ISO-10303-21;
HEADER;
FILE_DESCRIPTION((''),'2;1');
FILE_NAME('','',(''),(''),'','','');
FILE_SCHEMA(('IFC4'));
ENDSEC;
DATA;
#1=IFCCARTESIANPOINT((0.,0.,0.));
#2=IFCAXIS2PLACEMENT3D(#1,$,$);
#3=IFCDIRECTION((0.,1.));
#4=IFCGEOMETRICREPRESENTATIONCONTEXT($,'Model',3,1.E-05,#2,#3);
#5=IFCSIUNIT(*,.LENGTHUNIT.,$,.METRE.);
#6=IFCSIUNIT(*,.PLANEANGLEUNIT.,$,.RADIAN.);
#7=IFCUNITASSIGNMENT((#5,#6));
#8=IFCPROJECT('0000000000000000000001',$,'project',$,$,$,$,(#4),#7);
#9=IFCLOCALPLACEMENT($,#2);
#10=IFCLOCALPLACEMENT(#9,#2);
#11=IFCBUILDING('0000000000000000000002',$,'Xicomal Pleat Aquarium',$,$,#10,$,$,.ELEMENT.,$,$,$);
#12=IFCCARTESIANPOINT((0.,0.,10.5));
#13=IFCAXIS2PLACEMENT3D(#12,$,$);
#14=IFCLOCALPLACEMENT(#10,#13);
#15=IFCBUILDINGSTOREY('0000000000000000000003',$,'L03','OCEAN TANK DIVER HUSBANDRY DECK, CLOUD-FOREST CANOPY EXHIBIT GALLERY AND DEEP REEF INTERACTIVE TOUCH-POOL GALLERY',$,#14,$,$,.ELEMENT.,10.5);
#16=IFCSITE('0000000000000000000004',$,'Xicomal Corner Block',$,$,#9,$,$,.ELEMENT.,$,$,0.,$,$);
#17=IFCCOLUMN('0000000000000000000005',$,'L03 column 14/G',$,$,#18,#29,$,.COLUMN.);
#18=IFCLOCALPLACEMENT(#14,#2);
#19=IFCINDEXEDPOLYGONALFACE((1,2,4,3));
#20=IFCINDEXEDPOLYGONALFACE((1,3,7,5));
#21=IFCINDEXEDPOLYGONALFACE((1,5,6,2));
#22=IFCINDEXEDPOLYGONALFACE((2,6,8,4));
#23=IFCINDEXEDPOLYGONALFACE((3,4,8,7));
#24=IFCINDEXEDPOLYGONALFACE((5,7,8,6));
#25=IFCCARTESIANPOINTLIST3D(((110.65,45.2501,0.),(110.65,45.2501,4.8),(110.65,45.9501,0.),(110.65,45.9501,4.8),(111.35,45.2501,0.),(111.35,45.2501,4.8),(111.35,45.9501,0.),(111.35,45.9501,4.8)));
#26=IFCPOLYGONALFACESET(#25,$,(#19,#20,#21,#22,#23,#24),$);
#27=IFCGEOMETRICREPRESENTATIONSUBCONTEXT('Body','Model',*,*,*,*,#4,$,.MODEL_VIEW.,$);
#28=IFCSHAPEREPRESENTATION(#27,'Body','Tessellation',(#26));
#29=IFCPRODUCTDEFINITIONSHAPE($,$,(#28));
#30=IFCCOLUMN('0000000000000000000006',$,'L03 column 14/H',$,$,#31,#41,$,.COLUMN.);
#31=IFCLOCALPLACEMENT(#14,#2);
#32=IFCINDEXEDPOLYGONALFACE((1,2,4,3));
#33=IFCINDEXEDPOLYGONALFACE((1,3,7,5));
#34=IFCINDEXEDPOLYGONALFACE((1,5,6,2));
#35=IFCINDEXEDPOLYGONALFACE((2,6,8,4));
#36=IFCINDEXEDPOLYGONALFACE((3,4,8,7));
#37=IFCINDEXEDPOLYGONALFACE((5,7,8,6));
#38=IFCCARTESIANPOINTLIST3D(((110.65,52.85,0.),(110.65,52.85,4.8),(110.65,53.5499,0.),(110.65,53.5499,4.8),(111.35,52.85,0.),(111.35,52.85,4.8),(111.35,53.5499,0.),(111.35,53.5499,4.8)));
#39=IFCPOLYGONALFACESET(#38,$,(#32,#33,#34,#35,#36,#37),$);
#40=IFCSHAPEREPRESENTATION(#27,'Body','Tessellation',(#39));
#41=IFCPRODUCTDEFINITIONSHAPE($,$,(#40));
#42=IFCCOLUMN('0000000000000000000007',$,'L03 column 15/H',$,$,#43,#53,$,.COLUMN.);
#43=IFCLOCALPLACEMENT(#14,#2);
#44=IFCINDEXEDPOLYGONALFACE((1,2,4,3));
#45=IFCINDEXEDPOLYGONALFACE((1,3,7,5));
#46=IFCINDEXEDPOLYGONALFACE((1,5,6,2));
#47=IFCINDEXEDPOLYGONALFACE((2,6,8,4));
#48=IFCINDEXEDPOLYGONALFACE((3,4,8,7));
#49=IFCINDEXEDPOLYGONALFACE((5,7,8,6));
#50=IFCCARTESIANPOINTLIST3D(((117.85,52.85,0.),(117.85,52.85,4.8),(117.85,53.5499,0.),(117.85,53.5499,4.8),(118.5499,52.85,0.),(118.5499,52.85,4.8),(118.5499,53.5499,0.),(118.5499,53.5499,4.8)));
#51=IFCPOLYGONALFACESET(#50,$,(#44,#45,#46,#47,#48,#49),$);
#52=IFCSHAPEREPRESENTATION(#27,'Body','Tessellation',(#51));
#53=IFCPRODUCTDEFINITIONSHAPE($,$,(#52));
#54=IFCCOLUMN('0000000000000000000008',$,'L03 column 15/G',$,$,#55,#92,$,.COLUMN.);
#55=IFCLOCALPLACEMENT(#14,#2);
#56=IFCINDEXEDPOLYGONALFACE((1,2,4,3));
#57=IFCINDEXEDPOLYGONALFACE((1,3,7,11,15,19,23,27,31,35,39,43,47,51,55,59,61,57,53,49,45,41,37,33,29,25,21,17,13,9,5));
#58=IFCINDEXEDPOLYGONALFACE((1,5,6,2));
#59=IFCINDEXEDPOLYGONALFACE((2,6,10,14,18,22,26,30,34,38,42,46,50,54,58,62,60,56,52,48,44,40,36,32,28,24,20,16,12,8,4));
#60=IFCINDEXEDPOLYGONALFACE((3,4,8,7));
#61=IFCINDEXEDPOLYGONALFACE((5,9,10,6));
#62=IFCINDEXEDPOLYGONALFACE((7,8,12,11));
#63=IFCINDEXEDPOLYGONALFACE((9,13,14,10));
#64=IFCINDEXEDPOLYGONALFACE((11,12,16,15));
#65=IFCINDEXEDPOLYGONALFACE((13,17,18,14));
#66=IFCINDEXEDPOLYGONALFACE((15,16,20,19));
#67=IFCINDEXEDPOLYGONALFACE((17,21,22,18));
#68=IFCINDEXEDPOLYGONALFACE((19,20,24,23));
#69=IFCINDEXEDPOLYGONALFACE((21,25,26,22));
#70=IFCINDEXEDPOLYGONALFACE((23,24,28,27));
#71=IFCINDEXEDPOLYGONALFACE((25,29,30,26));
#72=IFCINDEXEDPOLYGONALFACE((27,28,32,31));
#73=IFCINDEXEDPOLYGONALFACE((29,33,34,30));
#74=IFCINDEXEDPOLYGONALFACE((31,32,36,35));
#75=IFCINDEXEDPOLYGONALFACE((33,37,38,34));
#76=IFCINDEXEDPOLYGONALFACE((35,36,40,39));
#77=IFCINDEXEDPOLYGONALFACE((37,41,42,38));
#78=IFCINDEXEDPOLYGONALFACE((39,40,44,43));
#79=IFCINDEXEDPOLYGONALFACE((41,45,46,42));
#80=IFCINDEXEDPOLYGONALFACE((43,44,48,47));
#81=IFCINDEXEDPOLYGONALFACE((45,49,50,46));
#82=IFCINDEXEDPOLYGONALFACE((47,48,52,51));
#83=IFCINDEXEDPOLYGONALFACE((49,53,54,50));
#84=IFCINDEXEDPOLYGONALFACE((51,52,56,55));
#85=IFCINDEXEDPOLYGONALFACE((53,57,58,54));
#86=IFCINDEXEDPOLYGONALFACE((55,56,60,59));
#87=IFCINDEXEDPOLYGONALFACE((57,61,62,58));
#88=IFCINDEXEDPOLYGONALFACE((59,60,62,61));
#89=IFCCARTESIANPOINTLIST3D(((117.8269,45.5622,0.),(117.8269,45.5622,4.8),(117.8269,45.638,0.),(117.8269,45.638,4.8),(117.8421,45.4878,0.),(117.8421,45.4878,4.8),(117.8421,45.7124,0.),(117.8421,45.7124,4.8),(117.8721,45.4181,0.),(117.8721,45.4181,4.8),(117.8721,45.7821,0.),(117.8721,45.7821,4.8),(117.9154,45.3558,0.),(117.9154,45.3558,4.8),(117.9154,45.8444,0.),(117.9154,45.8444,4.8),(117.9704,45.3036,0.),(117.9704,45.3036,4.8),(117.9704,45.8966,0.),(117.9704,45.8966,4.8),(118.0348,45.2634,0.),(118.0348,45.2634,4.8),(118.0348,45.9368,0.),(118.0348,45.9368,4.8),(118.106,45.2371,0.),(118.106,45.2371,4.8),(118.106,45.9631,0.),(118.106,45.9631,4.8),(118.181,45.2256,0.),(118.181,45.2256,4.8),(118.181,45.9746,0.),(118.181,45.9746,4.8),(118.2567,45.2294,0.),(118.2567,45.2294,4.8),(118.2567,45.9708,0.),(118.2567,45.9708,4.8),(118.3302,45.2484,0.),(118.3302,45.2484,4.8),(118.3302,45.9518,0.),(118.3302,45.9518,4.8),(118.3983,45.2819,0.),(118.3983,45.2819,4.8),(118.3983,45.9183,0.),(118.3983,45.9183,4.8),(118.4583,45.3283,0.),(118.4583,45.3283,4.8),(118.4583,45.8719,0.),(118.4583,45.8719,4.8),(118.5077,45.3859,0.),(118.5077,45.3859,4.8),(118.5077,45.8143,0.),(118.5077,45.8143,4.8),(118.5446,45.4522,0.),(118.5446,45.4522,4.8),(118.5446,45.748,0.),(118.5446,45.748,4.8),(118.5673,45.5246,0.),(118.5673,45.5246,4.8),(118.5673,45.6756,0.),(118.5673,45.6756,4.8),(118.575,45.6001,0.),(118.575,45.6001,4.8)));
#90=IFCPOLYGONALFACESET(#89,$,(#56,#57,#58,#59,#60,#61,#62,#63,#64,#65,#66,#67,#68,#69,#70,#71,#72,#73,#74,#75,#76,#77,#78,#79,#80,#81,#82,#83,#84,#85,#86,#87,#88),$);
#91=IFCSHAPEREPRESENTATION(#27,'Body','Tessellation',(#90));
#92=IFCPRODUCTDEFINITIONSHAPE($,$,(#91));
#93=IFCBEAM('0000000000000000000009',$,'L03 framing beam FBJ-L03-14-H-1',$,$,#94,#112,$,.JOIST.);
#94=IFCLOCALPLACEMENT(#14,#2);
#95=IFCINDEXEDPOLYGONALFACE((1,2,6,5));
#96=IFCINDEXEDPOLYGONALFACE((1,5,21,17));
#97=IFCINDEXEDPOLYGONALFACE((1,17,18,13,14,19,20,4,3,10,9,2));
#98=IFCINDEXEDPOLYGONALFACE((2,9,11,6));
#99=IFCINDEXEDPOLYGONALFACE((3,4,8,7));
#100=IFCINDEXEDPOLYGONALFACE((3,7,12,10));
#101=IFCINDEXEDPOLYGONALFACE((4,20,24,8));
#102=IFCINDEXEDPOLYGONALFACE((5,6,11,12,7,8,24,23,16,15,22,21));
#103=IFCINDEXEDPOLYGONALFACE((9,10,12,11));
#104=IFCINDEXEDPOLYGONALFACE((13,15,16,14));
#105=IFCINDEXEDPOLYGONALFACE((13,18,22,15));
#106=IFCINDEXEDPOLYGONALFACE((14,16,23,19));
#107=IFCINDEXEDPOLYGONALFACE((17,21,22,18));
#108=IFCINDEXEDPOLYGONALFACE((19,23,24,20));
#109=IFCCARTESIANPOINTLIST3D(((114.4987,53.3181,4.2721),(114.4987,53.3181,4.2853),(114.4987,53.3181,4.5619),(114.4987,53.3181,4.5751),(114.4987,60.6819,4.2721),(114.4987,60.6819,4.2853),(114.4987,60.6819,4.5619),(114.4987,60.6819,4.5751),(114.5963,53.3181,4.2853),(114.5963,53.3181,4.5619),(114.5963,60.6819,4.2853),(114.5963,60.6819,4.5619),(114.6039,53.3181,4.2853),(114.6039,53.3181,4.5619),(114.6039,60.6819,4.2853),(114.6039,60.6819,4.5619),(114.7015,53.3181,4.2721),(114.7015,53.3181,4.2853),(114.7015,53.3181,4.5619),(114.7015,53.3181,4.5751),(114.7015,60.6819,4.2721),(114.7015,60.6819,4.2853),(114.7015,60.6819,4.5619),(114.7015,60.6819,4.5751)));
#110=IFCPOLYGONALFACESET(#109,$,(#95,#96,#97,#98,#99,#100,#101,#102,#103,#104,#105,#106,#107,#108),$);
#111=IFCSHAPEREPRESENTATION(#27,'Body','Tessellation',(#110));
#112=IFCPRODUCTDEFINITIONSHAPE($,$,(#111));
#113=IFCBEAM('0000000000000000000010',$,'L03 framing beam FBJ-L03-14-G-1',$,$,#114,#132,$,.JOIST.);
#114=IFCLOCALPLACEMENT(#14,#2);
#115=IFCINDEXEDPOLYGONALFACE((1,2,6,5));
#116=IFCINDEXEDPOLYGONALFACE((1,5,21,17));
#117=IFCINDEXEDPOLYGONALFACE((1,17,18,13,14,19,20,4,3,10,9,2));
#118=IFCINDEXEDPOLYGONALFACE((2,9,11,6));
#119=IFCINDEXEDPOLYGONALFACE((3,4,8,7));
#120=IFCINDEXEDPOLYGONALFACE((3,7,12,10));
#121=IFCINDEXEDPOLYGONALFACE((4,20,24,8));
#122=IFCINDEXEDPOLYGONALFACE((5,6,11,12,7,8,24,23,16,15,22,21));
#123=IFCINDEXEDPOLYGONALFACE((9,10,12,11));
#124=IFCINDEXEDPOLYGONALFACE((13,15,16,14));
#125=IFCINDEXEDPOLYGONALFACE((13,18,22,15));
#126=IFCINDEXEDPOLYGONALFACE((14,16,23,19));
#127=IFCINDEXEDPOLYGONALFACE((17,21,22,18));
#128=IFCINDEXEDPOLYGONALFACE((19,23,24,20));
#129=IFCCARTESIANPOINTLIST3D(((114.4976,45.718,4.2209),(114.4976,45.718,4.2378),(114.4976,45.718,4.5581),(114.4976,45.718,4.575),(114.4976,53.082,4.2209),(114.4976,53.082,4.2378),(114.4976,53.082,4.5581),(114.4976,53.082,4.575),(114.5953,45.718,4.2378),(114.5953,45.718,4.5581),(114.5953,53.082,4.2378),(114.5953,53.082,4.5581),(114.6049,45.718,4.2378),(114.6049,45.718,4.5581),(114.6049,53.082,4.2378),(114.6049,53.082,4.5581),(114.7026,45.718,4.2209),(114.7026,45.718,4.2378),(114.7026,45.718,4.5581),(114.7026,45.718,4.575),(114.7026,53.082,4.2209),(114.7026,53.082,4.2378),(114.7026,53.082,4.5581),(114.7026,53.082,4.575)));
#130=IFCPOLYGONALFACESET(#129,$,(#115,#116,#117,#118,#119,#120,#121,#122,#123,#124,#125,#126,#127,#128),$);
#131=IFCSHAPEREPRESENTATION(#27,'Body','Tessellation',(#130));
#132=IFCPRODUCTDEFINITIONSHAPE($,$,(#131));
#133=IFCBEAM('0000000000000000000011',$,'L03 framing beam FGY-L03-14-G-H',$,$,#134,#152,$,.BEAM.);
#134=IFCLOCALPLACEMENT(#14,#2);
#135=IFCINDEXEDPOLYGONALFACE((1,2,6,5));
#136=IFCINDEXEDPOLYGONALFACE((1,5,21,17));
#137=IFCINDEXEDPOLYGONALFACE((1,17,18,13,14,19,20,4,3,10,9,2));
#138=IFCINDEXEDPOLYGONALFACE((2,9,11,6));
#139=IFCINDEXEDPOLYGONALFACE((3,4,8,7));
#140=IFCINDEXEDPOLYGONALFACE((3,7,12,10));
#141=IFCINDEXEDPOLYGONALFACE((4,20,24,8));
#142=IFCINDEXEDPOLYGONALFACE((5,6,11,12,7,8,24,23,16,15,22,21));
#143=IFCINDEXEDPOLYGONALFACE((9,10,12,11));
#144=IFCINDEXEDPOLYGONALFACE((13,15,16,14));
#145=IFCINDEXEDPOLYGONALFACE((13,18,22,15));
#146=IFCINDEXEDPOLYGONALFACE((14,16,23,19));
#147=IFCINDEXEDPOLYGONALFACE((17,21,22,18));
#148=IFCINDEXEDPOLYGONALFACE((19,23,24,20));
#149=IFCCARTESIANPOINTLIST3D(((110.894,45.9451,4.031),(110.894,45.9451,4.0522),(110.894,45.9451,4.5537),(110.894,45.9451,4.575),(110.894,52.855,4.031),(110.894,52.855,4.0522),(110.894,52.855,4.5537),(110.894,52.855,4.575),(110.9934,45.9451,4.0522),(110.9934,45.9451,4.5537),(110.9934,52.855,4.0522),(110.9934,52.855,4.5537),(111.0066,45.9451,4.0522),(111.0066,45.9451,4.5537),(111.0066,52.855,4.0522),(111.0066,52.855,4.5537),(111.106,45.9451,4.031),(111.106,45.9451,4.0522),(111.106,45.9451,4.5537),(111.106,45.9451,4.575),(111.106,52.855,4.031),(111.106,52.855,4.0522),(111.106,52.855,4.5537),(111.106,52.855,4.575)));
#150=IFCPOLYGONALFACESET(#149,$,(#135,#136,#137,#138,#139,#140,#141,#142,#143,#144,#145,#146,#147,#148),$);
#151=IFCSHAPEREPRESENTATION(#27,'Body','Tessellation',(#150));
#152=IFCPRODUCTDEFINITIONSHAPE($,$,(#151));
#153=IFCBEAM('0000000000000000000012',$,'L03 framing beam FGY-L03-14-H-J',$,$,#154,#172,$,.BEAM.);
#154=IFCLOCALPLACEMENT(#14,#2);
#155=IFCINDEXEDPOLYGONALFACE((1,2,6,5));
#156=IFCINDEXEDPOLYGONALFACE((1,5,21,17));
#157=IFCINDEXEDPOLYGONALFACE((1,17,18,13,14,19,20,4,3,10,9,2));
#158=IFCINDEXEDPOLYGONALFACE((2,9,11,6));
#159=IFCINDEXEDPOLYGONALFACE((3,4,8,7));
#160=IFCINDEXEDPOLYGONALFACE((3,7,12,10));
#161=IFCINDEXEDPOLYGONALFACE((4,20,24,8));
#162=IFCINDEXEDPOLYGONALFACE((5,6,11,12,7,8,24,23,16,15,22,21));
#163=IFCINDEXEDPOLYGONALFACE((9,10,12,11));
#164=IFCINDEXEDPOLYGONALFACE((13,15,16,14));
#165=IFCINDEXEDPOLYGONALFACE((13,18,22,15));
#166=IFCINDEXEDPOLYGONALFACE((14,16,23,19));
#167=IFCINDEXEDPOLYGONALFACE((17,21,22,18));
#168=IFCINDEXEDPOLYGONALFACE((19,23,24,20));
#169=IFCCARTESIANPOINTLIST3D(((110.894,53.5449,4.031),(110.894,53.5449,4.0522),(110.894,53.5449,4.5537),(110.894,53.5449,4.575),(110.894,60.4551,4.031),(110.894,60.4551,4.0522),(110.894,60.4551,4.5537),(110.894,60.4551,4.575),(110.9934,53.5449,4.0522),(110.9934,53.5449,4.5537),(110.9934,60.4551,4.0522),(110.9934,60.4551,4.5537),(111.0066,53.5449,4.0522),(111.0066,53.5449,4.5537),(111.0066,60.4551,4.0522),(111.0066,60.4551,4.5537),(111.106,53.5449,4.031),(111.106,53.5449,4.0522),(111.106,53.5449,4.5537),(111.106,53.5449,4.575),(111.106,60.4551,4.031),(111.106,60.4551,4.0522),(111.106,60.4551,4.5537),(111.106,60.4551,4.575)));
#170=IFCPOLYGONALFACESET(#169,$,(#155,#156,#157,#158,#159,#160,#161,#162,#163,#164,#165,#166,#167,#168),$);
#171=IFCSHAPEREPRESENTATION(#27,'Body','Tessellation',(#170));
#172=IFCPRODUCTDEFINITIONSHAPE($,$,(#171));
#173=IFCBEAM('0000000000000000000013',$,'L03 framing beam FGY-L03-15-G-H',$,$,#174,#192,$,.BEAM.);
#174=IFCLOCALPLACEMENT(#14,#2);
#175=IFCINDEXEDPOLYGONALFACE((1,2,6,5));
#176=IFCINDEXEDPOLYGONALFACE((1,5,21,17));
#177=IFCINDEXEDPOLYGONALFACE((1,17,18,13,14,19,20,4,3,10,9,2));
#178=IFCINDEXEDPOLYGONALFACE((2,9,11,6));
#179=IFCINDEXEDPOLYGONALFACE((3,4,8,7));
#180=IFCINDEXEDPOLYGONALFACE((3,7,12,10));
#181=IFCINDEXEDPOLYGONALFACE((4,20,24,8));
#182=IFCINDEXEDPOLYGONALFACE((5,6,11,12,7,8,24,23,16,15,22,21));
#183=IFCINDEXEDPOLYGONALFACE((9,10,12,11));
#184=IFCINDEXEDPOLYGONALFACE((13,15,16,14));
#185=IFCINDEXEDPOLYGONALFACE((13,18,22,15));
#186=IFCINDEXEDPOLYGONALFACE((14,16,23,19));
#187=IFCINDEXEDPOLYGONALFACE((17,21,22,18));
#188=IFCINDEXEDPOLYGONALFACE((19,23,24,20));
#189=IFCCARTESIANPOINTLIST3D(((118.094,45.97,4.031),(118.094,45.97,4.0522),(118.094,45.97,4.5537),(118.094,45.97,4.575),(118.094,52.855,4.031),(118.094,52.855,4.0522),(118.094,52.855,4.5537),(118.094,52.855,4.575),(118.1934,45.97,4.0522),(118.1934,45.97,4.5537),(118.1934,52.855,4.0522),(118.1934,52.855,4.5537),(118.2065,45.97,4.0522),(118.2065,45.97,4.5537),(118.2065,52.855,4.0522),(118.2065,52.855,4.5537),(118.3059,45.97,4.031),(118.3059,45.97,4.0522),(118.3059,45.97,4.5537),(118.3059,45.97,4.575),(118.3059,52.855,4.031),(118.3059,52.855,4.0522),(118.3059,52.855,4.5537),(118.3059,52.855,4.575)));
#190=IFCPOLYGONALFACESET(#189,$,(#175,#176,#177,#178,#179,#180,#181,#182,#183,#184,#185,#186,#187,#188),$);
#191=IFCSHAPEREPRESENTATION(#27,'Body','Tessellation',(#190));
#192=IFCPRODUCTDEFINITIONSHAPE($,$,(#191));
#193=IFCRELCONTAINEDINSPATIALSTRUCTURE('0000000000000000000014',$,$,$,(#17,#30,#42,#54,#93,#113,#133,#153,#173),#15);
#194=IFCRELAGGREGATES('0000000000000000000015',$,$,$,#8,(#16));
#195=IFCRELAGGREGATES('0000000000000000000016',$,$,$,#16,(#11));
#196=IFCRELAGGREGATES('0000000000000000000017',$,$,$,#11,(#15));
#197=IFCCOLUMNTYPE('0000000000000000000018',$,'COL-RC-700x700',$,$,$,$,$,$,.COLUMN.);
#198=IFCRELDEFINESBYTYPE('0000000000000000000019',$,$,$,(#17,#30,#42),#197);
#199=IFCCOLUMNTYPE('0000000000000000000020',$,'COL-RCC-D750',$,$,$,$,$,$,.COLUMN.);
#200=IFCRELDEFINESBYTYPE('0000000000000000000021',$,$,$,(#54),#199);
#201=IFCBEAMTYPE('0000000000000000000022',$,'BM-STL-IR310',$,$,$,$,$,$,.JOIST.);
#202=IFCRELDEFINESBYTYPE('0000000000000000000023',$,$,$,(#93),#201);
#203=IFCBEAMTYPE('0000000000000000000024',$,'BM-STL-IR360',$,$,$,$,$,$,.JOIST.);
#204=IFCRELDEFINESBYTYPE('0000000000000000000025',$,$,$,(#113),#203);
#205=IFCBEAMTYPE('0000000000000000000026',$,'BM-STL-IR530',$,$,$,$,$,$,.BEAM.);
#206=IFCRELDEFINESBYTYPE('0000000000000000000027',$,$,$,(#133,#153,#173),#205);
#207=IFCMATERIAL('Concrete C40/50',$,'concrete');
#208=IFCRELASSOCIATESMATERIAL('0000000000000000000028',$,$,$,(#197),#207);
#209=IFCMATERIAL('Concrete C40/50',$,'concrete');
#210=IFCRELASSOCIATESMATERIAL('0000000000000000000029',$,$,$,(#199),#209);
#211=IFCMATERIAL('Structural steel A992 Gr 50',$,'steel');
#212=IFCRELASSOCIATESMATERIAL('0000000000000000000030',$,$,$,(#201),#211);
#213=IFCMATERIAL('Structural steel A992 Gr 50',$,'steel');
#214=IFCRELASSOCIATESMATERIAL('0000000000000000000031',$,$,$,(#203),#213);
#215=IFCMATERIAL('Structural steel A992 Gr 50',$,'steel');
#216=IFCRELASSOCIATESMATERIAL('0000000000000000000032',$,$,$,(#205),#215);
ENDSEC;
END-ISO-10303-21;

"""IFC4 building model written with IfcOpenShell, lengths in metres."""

from ifc_helpers import new_model, si_unit, direction, frame, origin, origin_2d, place, context, subcontext, project, spatial, rectangle, circle, i_section, extrude, material, material_profile, profile_set, type_object, element, save


model = new_model("IFC4")

# Units and contexts
model_context = context("Model", 3, precision=1e-05, world=origin(), true_north=direction((0.0, 1.0)))
body_context = subcontext(model_context, "Body", "Model", "MODEL_VIEW")
ifc_project = project(units=[si_unit("LENGTHUNIT", "METRE"), si_unit("PLANEANGLEUNIT", "RADIAN")], contexts=[model_context])

# Site, building, storey
site_placement = place(None, origin())
site = spatial("IfcSite", under=ifc_project, at=site_placement, Name="Xicomal Corner Block", CompositionType="ELEMENT", RefElevation=0.0)
building_placement = place(site_placement, origin())
building = spatial("IfcBuilding", under=site, at=building_placement, Name="Xicomal Pleat Aquarium", CompositionType="ELEMENT")
storey_placement = place(building_placement, frame((0.0, 0.0, 10.5)))
storey = spatial("IfcBuildingStorey", under=building, at=storey_placement, Name="L03", Description="OCEAN TANK DIVER HUSBANDRY DECK, CLOUD-FOREST CANOPY EXHIBIT GALLERY AND DEEP REEF INTERACTIVE TOUCH-POOL GALLERY", CompositionType="ELEMENT", Elevation=10.5)

# Columns
ifc_material_1 = material(Name="Concrete C40/50", Category="concrete")
ifc_material_profile_1 = material_profile(ifc_material_1, rectangle(XDim=0.7, YDim=0.7, at=origin_2d()), Name="RC 700x700")
ifc_profile_set_1 = profile_set([ifc_material_profile_1], Name="Concrete C40/50")
column_type_1 = type_object("IfcColumnType", Name="COL-RC-700x700", PredefinedType="COLUMN", material=ifc_profile_set_1)
for number, where, z_axis, x_axis, name in (
    (1, (111.0, 45.6001, 0.0), (0.0, 0.0, 1.0), (1.0, 0.0, 0.0), "L03 column 14/G"),
    (2, (111.0, 53.2, 0.0), (0.0, 0.0, 1.0), (1.0, 0.0, 0.0), "L03 column 14/H"),
    (3, (118.2, 53.2, 0.0), (0.0, 0.0, 1.0), (1.0, 0.0, 0.0), "L03 column 15/H"),
):
    element("IfcColumn", number, at=place(storey_placement, frame(where, z_axis=z_axis, x_axis=x_axis)), inside=storey, type_object=column_type_1, Name=name, PredefinedType="COLUMN", context=body_context, shape_type="SweptSolid", body=[
        extrude(rectangle(XDim=0.7, YDim=0.7, at=origin_2d()), origin(), (0.0, 0.0, 1.0), 4.8),
    ])
ifc_material_2 = material(Name="Concrete C40/50", Category="concrete")
ifc_material_profile_2 = material_profile(ifc_material_2, circle(Radius=0.375, at=origin_2d()), Name="RCC D750")
ifc_profile_set_2 = profile_set([ifc_material_profile_2], Name="Concrete C40/50")
column_type_2 = type_object("IfcColumnType", Name="COL-RCC-D750", PredefinedType="COLUMN", material=ifc_profile_set_2)
column_placement = place(storey_placement, frame((118.2, 45.6001, 0.0), z_axis=(0.0, 0.0, 1.0), x_axis=(1.0, 0.0, 0.0)))
element("IfcColumn", 4, at=column_placement, inside=storey, type_object=column_type_2, Name="L03 column 15/G", PredefinedType="COLUMN", context=body_context, shape_type="SweptSolid", body=[
    extrude(circle(Radius=0.375, at=origin_2d()), origin(), (0.0, 0.0, 1.0), 4.8),
])

# Beams
ifc_material_3 = material(Name="Structural steel A992 Gr 50", Category="steel")
ifc_material_profile_3 = material_profile(ifc_material_3, i_section(OverallWidth=0.2029, OverallDepth=0.303, WebThickness=0.0076, FlangeThickness=0.0132, at=origin_2d()), Name="IR 310x60")
ifc_profile_set_3 = profile_set([ifc_material_profile_3], Name="Structural steel A992 Gr 50")
beam_type_1 = type_object("IfcBeamType", Name="BM-STL-IR310", PredefinedType="JOIST", material=ifc_profile_set_3)
beam_1_placement = place(storey_placement, frame((114.6001, 53.3181, 4.4236), z_axis=(0.0, 1.0, 0.0), x_axis=(-1.0, 0.0, 0.0)))
element("IfcBeam", 5, at=beam_1_placement, inside=storey, type_object=beam_type_1, Name="L03 framing beam FBJ-L03-14-H-1", PredefinedType="JOIST", context=body_context, shape_type="SweptSolid", body=[
    extrude(i_section(OverallWidth=0.2029, OverallDepth=0.303, WebThickness=0.0076, FlangeThickness=0.0132, at=origin_2d()), origin(), (0.0, 0.0, 1.0), 7.3638),
])
ifc_material_4 = material(Name="Structural steel A992 Gr 50", Category="steel")
ifc_material_profile_4 = material_profile(ifc_material_4, i_section(OverallWidth=0.2051, OverallDepth=0.354, WebThickness=0.0095, FlangeThickness=0.0168, at=origin_2d()), Name="IR 360x79")
ifc_profile_set_4 = profile_set([ifc_material_profile_4], Name="Structural steel A992 Gr 50")
beam_type_2 = type_object("IfcBeamType", Name="BM-STL-IR360", PredefinedType="JOIST", material=ifc_profile_set_4)
beam_2_placement = place(storey_placement, frame((114.6001, 45.718, 4.3979), z_axis=(0.0, 1.0, 0.0), x_axis=(-1.0, 0.0, 0.0)))
element("IfcBeam", 6, at=beam_2_placement, inside=storey, type_object=beam_type_2, Name="L03 framing beam FBJ-L03-14-G-1", PredefinedType="JOIST", context=body_context, shape_type="SweptSolid", body=[
    extrude(i_section(OverallWidth=0.2051, OverallDepth=0.354, WebThickness=0.0095, FlangeThickness=0.0168, at=origin_2d()), origin(), (0.0, 0.0, 1.0), 7.364),
])
ifc_material_5 = material(Name="Structural steel A992 Gr 50", Category="steel")
ifc_material_profile_5 = material_profile(ifc_material_5, i_section(OverallWidth=0.2119, OverallDepth=0.5439, WebThickness=0.0132, FlangeThickness=0.0212, at=origin_2d()), Name="IR 530x123")
ifc_profile_set_5 = profile_set([ifc_material_profile_5], Name="Structural steel A992 Gr 50")
beam_type_3 = type_object("IfcBeamType", Name="BM-STL-IR530", PredefinedType="BEAM", material=ifc_profile_set_5)
beam_3_placement = place(storey_placement, frame((111.0, 45.9451, 4.303), z_axis=(0.0, 1.0, 0.0), x_axis=(-1.0, 0.0, 0.0)))
element("IfcBeam", 7, at=beam_3_placement, inside=storey, type_object=beam_type_3, Name="L03 framing beam FGY-L03-14-G-H", PredefinedType="BEAM", context=body_context, shape_type="SweptSolid", body=[
    extrude(i_section(OverallWidth=0.2119, OverallDepth=0.5439, WebThickness=0.0132, FlangeThickness=0.0212, at=origin_2d()), origin(), (0.0, 0.0, 1.0), 6.9099),
])
beam_4_placement = place(storey_placement, frame((111.0, 53.5449, 4.303), z_axis=(0.0, 1.0, 0.0), x_axis=(-1.0, 0.0, 0.0)))
element("IfcBeam", 8, at=beam_4_placement, inside=storey, type_object=beam_type_3, Name="L03 framing beam FGY-L03-14-H-J", PredefinedType="BEAM", context=body_context, shape_type="SweptSolid", body=[
    extrude(i_section(OverallWidth=0.2119, OverallDepth=0.5439, WebThickness=0.0132, FlangeThickness=0.0212, at=origin_2d()), origin(), (0.0, 0.0, 1.0), 6.9102),
])
beam_5_placement = place(storey_placement, frame((118.2, 45.97, 4.303), z_axis=(0.0, 1.0, 0.0), x_axis=(-1.0, 0.0, 0.0)))
element("IfcBeam", 9, at=beam_5_placement, inside=storey, type_object=beam_type_3, Name="L03 framing beam FGY-L03-15-G-H", PredefinedType="BEAM", context=body_context, shape_type="SweptSolid", body=[
    extrude(i_section(OverallWidth=0.2119, OverallDepth=0.5439, WebThickness=0.0132, FlangeThickness=0.0212, at=origin_2d()), origin(), (0.0, 0.0, 1.0), 6.885),
])

save(model, "model.ifc")
